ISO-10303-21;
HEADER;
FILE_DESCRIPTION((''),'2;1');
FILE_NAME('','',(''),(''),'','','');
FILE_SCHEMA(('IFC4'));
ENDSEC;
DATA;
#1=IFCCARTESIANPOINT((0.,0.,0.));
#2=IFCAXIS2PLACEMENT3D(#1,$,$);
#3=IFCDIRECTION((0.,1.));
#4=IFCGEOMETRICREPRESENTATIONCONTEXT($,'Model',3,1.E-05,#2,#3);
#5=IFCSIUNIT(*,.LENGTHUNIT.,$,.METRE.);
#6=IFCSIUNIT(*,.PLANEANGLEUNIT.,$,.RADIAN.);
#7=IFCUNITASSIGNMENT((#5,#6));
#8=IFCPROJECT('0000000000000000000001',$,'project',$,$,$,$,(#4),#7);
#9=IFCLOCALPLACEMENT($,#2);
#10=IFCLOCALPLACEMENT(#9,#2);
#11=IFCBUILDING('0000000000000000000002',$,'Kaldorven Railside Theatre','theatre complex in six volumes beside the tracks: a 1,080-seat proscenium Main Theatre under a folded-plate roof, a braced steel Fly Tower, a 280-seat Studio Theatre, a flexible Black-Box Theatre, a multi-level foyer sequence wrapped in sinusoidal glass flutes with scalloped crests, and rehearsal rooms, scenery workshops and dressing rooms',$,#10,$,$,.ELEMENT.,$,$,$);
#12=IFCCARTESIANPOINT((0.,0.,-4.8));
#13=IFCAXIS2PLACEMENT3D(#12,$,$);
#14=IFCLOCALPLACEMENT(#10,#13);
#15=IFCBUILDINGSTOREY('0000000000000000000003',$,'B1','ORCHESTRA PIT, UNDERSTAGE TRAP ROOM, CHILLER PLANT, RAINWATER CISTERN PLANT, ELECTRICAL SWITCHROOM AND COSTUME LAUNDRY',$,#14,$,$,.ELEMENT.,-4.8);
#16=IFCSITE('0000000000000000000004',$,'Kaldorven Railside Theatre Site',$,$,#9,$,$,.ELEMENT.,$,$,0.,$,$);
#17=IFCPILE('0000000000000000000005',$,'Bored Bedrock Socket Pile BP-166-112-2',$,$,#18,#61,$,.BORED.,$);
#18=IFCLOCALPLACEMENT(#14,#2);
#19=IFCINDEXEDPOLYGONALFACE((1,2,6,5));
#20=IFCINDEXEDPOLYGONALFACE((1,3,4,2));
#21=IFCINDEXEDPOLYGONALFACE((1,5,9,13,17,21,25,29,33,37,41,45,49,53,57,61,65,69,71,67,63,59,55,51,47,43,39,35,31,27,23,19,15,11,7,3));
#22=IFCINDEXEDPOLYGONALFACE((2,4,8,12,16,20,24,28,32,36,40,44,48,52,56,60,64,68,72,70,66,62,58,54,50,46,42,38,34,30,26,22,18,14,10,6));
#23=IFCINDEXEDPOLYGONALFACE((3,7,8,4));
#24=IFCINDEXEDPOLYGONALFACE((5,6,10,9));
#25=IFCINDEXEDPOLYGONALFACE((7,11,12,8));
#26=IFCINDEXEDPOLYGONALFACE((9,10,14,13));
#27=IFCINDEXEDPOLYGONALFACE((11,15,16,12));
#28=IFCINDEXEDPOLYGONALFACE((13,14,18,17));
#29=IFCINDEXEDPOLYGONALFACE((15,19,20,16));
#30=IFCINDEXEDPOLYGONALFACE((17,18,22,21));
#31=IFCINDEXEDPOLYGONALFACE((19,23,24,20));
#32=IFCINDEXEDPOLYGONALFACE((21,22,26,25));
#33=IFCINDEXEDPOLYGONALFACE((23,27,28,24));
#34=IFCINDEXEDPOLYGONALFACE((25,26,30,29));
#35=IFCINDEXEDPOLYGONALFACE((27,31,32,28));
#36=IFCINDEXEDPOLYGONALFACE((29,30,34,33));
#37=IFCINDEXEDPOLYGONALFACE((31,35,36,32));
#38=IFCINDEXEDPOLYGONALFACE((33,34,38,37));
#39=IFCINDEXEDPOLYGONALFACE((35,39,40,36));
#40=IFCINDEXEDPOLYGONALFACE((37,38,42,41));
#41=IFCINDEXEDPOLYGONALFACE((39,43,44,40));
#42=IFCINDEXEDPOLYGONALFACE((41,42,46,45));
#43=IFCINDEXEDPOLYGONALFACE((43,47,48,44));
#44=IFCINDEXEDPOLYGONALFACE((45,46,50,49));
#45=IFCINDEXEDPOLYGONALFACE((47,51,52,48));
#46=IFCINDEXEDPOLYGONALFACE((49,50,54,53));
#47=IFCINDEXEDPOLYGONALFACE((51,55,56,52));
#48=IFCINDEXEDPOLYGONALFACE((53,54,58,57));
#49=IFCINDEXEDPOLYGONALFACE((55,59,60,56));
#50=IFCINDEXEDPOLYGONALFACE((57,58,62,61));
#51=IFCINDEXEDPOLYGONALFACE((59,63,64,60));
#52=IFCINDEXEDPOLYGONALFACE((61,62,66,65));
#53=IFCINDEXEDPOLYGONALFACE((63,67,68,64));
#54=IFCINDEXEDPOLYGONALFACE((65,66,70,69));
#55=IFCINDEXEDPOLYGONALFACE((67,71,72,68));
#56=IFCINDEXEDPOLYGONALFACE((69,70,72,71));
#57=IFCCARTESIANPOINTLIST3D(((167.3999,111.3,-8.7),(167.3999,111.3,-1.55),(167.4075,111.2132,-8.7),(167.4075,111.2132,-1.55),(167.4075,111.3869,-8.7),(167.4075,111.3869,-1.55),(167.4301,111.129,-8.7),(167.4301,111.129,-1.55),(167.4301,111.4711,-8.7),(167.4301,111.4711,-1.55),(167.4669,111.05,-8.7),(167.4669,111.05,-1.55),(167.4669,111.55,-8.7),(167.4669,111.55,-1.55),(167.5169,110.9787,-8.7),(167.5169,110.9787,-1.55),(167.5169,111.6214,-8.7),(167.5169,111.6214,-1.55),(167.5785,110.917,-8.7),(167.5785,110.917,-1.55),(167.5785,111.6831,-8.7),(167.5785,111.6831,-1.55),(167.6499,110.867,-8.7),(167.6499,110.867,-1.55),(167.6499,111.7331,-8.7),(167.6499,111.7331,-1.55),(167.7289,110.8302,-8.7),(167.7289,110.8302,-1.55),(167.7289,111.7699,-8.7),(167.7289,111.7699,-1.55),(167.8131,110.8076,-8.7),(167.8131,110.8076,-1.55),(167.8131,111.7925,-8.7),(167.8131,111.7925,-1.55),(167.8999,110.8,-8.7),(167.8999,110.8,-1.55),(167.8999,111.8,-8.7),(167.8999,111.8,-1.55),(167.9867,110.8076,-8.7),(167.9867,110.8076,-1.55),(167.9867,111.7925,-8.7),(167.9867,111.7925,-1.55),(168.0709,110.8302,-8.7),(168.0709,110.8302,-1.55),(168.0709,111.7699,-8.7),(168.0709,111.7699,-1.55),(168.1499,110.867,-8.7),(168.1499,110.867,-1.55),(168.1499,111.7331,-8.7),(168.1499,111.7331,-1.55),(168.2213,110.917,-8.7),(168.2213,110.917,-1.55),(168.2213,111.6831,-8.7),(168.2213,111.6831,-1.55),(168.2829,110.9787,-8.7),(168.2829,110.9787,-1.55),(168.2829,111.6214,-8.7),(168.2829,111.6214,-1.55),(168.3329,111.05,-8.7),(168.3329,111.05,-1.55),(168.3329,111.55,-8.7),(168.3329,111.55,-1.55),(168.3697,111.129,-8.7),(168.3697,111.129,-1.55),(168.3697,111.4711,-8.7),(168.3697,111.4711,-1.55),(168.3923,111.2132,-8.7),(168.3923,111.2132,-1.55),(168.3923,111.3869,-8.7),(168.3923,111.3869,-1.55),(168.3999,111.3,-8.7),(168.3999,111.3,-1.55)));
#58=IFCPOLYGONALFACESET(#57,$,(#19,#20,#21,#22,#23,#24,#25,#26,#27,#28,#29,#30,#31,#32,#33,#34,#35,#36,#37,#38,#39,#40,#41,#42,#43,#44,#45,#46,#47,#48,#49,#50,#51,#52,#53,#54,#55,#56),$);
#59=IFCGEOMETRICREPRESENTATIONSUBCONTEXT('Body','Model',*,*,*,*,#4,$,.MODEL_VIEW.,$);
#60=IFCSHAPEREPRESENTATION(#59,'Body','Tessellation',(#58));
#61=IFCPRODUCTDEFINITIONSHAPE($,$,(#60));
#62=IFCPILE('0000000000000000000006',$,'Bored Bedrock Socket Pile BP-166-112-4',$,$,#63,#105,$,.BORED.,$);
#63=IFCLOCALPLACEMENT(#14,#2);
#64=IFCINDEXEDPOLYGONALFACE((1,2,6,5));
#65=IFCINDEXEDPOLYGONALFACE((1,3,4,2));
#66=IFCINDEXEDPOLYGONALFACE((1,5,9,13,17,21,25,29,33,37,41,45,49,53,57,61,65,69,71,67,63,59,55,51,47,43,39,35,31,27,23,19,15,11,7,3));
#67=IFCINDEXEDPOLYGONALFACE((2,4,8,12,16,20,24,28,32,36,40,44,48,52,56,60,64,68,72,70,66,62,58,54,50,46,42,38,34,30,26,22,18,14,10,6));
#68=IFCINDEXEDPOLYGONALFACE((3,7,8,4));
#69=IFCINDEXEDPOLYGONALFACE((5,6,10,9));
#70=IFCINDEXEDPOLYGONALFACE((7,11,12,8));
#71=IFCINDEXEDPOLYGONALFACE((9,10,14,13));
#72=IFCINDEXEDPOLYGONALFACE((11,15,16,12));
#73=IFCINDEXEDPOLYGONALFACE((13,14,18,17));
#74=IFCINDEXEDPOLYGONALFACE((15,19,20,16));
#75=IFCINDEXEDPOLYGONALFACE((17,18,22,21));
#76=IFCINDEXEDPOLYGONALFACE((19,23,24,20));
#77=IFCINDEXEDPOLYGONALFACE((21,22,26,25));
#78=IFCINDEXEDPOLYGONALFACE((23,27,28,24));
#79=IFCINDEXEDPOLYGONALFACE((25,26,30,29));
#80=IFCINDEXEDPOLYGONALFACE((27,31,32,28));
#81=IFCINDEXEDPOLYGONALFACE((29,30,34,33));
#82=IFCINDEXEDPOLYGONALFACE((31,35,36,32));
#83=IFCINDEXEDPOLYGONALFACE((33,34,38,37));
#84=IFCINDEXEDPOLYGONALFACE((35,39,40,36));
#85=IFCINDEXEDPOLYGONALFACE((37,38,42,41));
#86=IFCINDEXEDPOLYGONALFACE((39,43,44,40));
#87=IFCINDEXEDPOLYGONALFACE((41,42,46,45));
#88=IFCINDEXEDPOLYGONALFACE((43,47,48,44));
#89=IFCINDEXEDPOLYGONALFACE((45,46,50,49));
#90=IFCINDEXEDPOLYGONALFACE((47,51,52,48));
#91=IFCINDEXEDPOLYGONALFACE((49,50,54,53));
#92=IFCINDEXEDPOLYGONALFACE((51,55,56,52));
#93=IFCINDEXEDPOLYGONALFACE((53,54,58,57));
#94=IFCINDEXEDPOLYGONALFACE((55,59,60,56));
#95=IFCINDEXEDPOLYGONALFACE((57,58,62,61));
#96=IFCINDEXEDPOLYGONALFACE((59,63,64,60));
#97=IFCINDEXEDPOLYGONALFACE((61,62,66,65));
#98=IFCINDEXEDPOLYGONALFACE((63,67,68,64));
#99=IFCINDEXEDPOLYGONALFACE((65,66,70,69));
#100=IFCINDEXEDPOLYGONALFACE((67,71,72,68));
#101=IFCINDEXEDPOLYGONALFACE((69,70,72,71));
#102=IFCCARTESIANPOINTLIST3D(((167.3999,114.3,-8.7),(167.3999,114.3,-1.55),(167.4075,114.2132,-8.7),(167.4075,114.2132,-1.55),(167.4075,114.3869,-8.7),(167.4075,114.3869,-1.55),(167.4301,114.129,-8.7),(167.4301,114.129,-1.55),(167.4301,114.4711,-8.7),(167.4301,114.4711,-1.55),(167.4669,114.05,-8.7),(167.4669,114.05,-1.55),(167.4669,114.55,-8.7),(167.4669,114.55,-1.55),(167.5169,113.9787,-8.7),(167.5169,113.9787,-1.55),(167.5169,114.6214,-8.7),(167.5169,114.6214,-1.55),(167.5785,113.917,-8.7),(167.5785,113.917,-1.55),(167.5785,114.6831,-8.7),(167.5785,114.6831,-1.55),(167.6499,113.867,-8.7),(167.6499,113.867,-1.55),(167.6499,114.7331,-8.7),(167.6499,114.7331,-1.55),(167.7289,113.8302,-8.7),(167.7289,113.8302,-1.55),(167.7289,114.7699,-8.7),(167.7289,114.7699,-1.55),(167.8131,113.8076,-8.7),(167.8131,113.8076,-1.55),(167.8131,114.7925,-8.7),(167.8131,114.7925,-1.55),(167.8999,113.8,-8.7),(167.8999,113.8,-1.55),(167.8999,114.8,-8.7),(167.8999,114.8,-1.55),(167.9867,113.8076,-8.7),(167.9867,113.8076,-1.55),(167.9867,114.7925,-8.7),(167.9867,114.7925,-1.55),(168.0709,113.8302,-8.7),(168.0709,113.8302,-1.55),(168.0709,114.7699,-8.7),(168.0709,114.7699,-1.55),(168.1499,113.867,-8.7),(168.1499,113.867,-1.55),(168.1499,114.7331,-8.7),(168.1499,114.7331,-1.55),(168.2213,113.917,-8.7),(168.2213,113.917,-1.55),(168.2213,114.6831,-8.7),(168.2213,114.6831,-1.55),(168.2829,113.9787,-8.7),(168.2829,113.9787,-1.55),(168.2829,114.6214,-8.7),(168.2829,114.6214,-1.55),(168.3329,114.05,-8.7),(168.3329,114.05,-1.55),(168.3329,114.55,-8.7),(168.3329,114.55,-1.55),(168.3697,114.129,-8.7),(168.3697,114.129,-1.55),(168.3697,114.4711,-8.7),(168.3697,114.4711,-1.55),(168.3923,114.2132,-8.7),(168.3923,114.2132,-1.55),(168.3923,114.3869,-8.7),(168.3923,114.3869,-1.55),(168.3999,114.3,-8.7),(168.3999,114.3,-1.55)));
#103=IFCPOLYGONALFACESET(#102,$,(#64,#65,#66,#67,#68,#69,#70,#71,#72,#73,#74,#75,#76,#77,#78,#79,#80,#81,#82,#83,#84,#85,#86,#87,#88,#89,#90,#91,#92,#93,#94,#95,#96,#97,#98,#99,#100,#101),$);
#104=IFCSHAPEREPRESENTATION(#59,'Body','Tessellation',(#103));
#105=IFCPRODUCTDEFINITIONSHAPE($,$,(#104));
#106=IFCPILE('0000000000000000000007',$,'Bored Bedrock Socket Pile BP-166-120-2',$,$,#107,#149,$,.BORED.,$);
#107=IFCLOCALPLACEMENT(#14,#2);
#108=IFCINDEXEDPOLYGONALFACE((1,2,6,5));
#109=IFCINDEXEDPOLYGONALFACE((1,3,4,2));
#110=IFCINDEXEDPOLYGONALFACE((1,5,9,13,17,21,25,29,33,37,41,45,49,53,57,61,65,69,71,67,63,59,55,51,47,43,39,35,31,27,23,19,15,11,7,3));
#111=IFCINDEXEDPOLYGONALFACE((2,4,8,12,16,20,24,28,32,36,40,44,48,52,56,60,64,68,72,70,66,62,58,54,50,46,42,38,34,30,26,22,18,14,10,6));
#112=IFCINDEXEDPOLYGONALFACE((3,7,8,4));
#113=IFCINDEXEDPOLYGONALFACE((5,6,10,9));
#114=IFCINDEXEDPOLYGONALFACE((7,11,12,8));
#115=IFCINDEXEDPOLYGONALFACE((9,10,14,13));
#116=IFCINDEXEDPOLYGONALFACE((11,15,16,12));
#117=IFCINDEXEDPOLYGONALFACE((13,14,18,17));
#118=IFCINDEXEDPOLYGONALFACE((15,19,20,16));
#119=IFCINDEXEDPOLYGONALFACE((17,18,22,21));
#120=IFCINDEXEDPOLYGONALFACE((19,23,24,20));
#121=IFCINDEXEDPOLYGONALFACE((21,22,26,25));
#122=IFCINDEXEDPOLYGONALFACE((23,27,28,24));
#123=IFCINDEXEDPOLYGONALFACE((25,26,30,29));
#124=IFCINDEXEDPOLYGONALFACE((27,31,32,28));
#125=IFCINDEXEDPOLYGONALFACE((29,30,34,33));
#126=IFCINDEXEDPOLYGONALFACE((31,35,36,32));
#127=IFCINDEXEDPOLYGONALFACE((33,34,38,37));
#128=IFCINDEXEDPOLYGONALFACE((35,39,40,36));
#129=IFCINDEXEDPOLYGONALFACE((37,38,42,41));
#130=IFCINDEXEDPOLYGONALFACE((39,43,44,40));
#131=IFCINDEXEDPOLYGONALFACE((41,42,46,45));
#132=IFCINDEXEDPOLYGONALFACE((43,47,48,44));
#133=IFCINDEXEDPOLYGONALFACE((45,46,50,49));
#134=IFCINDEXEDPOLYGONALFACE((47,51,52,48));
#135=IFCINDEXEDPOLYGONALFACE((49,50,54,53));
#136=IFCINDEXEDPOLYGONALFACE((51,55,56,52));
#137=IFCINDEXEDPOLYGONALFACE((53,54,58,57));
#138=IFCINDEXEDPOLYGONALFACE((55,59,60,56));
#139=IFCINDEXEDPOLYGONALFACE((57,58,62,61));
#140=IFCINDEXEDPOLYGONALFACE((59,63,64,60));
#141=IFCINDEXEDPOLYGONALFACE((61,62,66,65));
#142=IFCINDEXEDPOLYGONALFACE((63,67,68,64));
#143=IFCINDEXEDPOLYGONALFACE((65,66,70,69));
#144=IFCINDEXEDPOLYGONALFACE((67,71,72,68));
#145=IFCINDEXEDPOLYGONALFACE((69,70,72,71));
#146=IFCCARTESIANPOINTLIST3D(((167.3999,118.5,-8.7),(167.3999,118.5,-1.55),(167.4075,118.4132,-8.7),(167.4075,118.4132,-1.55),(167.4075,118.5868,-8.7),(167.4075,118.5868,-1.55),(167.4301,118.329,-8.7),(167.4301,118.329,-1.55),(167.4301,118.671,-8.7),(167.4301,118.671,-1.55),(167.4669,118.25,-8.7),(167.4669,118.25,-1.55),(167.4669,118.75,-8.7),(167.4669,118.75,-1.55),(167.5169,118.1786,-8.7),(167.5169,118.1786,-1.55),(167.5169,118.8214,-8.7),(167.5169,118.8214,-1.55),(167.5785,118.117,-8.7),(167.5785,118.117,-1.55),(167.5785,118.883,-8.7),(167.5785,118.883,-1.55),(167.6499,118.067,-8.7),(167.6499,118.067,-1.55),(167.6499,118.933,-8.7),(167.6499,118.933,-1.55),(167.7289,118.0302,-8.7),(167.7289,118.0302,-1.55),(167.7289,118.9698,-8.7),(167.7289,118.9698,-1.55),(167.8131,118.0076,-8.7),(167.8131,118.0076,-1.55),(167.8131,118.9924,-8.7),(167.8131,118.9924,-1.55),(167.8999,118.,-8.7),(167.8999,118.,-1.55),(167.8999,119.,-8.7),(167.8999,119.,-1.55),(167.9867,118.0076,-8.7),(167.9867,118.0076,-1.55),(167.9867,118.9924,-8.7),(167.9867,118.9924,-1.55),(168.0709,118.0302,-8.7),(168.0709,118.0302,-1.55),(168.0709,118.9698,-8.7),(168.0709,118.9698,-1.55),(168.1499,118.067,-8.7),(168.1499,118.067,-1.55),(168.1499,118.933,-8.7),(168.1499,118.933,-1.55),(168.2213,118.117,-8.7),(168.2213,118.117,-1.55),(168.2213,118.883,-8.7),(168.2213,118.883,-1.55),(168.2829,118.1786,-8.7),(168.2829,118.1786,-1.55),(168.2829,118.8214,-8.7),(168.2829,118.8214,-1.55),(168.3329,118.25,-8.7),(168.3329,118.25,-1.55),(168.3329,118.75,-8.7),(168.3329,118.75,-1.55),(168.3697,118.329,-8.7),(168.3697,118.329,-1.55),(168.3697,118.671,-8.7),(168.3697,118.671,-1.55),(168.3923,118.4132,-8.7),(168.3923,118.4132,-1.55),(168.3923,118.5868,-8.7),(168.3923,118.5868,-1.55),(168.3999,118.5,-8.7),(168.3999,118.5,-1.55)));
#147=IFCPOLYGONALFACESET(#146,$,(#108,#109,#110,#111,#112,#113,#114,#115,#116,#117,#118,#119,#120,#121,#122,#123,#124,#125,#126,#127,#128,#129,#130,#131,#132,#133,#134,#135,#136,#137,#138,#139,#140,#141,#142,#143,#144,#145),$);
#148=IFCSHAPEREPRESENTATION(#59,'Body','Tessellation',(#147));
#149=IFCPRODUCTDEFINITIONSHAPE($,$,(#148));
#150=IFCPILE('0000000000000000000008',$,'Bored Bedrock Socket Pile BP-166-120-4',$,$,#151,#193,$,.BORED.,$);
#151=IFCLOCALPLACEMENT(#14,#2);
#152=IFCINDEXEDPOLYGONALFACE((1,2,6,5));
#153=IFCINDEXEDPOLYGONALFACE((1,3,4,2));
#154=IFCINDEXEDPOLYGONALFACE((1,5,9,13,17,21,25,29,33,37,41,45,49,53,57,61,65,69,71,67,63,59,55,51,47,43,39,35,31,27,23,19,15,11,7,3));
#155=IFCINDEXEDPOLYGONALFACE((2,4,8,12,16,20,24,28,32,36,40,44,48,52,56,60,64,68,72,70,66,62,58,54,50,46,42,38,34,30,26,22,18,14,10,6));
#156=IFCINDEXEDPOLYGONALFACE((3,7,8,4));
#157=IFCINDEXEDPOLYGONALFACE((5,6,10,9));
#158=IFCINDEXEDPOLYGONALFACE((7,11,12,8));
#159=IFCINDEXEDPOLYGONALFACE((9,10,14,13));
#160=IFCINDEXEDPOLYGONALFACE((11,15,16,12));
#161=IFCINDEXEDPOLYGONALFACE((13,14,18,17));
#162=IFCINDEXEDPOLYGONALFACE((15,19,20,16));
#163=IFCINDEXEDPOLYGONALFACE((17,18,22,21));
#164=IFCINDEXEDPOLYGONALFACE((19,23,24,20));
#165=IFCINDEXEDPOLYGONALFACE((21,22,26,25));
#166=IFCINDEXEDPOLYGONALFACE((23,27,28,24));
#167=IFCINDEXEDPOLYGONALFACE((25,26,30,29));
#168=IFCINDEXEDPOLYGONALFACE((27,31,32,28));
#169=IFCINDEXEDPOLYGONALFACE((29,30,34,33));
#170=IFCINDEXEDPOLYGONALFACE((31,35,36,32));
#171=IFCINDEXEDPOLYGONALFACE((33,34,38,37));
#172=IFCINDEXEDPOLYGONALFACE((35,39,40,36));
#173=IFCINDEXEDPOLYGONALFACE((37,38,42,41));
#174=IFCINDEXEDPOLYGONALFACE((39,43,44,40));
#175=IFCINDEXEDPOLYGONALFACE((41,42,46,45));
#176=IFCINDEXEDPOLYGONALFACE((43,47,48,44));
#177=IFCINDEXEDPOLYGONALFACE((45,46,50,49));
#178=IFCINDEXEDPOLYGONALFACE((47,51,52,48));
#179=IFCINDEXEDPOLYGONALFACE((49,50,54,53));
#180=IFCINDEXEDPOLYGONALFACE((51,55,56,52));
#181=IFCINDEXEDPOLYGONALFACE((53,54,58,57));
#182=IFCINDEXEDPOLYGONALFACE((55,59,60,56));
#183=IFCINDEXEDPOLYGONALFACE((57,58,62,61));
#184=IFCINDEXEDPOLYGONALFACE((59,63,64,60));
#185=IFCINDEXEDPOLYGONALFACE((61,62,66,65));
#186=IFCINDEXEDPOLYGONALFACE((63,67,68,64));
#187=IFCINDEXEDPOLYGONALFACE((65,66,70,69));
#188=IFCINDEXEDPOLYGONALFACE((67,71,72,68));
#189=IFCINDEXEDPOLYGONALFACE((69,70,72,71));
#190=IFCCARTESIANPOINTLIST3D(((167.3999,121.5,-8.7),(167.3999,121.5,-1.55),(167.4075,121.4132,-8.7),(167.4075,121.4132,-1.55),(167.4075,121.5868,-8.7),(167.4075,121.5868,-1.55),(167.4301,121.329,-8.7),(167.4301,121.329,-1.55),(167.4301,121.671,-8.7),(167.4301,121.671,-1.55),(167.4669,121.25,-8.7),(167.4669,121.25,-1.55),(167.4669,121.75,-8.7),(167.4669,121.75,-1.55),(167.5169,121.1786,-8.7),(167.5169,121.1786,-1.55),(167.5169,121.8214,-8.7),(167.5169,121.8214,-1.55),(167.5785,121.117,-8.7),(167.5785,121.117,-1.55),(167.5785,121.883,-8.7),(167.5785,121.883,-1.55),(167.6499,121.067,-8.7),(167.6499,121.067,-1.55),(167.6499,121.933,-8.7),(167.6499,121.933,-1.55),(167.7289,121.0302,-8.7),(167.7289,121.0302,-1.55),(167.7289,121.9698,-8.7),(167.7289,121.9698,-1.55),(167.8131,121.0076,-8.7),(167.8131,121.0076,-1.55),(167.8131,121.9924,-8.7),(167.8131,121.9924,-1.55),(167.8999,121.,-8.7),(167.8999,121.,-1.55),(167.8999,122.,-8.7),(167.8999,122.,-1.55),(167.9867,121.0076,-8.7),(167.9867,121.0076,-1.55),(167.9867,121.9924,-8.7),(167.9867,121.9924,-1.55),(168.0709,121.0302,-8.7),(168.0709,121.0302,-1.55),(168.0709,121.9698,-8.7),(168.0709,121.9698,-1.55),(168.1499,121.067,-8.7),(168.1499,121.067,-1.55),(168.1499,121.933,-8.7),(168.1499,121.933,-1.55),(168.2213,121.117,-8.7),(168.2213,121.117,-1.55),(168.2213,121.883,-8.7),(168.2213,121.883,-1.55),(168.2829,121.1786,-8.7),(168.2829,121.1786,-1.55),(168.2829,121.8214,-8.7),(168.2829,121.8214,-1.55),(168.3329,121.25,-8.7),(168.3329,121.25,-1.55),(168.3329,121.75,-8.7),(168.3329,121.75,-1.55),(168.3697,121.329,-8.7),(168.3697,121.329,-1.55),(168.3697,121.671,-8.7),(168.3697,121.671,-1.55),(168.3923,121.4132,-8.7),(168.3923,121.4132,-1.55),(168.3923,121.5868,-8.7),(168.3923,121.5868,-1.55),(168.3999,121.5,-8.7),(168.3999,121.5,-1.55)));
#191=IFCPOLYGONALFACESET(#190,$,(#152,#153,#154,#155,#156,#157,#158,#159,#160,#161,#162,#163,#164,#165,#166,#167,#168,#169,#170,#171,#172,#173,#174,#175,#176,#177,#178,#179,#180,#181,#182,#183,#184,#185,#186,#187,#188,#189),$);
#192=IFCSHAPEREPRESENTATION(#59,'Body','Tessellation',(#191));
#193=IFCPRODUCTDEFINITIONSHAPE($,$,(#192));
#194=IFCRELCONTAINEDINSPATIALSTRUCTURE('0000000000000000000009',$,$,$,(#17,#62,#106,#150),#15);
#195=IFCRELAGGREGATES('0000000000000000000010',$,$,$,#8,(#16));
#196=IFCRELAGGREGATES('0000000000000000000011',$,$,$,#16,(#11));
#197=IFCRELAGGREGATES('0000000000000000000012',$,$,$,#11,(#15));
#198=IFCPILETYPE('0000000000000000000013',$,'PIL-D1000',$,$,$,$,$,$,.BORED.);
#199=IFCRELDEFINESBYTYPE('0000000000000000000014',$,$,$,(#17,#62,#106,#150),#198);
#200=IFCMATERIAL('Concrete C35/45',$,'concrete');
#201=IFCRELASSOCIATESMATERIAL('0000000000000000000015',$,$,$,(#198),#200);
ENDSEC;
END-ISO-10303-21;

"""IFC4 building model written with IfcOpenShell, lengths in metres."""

from ifc_helpers import new_model, si_unit, direction, frame, origin, origin_2d, place, context, subcontext, project, spatial, circle, extrude, material, material_profile, profile_set, type_object, element, save


model = new_model("IFC4")

# Units and contexts
model_context = context("Model", 3, precision=1e-05, world=origin(), true_north=direction((0.0, 1.0)))
body_context = subcontext(model_context, "Body", "Model", "MODEL_VIEW")
ifc_project = project(units=[si_unit("LENGTHUNIT", "METRE"), si_unit("PLANEANGLEUNIT", "RADIAN")], contexts=[model_context])

# Site, building, storey
site_placement = place(None, origin())
site = spatial("IfcSite", under=ifc_project, at=site_placement, Name="Kaldorven Railside Theatre Site", CompositionType="ELEMENT", RefElevation=0.0)
building_placement = place(site_placement, origin())
building = spatial("IfcBuilding", under=site, at=building_placement, Name="Kaldorven Railside Theatre", Description="theatre complex in six volumes beside the tracks: a 1,080-seat proscenium Main Theatre under a folded-plate roof, a braced steel Fly Tower, a 280-seat Studio Theatre, a flexible Black-Box Theatre, a multi-level foyer sequence wrapped in sinusoidal glass flutes with scalloped crests, and rehearsal rooms, scenery workshops and dressing rooms", CompositionType="ELEMENT")
storey_placement = place(building_placement, frame((0.0, 0.0, -4.8)))
storey = spatial("IfcBuildingStorey", under=building, at=storey_placement, Name="B1", Description="ORCHESTRA PIT, UNDERSTAGE TRAP ROOM, CHILLER PLANT, RAINWATER CISTERN PLANT, ELECTRICAL SWITCHROOM AND COSTUME LAUNDRY", CompositionType="ELEMENT", Elevation=-4.8)

# Piles
ifc_material_1 = material(Name="Concrete C35/45", Category="concrete")
ifc_material_profile_1 = material_profile(ifc_material_1, circle(Radius=0.5, at=origin_2d()), Name="BP D1000")
ifc_profile_set_1 = profile_set([ifc_material_profile_1], Name="Concrete C35/45")
pile_type_1 = type_object("IfcPileType", Name="PIL-D1000", PredefinedType="BORED", material=ifc_profile_set_1)
for number, where, z_axis, x_axis, name in (
    (1, (167.8999, 111.3, -1.55), (0.0, 0.0, -1.0), (1.0, 0.0, 0.0), "Bored Bedrock Socket Pile BP-166-112-2"),
    (2, (167.8999, 114.3, -1.55), (0.0, 0.0, -1.0), (1.0, 0.0, 0.0), "Bored Bedrock Socket Pile BP-166-112-4"),
    (3, (167.8999, 118.5, -1.55), (0.0, 0.0, -1.0), (1.0, 0.0, 0.0), "Bored Bedrock Socket Pile BP-166-120-2"),
    (4, (167.8999, 121.5, -1.55), (0.0, 0.0, -1.0), (1.0, 0.0, 0.0), "Bored Bedrock Socket Pile BP-166-120-4"),
):
    element("IfcPile", number, at=place(storey_placement, frame(where, z_axis=z_axis, x_axis=x_axis)), inside=storey, type_object=pile_type_1, Name=name, PredefinedType="BORED", context=body_context, shape_type="SweptSolid", body=[
        extrude(circle(Radius=0.5, at=origin_2d()), origin(), (0.0, 0.0, 1.0), 7.1499),
    ])

save(model, "model.ifc")
